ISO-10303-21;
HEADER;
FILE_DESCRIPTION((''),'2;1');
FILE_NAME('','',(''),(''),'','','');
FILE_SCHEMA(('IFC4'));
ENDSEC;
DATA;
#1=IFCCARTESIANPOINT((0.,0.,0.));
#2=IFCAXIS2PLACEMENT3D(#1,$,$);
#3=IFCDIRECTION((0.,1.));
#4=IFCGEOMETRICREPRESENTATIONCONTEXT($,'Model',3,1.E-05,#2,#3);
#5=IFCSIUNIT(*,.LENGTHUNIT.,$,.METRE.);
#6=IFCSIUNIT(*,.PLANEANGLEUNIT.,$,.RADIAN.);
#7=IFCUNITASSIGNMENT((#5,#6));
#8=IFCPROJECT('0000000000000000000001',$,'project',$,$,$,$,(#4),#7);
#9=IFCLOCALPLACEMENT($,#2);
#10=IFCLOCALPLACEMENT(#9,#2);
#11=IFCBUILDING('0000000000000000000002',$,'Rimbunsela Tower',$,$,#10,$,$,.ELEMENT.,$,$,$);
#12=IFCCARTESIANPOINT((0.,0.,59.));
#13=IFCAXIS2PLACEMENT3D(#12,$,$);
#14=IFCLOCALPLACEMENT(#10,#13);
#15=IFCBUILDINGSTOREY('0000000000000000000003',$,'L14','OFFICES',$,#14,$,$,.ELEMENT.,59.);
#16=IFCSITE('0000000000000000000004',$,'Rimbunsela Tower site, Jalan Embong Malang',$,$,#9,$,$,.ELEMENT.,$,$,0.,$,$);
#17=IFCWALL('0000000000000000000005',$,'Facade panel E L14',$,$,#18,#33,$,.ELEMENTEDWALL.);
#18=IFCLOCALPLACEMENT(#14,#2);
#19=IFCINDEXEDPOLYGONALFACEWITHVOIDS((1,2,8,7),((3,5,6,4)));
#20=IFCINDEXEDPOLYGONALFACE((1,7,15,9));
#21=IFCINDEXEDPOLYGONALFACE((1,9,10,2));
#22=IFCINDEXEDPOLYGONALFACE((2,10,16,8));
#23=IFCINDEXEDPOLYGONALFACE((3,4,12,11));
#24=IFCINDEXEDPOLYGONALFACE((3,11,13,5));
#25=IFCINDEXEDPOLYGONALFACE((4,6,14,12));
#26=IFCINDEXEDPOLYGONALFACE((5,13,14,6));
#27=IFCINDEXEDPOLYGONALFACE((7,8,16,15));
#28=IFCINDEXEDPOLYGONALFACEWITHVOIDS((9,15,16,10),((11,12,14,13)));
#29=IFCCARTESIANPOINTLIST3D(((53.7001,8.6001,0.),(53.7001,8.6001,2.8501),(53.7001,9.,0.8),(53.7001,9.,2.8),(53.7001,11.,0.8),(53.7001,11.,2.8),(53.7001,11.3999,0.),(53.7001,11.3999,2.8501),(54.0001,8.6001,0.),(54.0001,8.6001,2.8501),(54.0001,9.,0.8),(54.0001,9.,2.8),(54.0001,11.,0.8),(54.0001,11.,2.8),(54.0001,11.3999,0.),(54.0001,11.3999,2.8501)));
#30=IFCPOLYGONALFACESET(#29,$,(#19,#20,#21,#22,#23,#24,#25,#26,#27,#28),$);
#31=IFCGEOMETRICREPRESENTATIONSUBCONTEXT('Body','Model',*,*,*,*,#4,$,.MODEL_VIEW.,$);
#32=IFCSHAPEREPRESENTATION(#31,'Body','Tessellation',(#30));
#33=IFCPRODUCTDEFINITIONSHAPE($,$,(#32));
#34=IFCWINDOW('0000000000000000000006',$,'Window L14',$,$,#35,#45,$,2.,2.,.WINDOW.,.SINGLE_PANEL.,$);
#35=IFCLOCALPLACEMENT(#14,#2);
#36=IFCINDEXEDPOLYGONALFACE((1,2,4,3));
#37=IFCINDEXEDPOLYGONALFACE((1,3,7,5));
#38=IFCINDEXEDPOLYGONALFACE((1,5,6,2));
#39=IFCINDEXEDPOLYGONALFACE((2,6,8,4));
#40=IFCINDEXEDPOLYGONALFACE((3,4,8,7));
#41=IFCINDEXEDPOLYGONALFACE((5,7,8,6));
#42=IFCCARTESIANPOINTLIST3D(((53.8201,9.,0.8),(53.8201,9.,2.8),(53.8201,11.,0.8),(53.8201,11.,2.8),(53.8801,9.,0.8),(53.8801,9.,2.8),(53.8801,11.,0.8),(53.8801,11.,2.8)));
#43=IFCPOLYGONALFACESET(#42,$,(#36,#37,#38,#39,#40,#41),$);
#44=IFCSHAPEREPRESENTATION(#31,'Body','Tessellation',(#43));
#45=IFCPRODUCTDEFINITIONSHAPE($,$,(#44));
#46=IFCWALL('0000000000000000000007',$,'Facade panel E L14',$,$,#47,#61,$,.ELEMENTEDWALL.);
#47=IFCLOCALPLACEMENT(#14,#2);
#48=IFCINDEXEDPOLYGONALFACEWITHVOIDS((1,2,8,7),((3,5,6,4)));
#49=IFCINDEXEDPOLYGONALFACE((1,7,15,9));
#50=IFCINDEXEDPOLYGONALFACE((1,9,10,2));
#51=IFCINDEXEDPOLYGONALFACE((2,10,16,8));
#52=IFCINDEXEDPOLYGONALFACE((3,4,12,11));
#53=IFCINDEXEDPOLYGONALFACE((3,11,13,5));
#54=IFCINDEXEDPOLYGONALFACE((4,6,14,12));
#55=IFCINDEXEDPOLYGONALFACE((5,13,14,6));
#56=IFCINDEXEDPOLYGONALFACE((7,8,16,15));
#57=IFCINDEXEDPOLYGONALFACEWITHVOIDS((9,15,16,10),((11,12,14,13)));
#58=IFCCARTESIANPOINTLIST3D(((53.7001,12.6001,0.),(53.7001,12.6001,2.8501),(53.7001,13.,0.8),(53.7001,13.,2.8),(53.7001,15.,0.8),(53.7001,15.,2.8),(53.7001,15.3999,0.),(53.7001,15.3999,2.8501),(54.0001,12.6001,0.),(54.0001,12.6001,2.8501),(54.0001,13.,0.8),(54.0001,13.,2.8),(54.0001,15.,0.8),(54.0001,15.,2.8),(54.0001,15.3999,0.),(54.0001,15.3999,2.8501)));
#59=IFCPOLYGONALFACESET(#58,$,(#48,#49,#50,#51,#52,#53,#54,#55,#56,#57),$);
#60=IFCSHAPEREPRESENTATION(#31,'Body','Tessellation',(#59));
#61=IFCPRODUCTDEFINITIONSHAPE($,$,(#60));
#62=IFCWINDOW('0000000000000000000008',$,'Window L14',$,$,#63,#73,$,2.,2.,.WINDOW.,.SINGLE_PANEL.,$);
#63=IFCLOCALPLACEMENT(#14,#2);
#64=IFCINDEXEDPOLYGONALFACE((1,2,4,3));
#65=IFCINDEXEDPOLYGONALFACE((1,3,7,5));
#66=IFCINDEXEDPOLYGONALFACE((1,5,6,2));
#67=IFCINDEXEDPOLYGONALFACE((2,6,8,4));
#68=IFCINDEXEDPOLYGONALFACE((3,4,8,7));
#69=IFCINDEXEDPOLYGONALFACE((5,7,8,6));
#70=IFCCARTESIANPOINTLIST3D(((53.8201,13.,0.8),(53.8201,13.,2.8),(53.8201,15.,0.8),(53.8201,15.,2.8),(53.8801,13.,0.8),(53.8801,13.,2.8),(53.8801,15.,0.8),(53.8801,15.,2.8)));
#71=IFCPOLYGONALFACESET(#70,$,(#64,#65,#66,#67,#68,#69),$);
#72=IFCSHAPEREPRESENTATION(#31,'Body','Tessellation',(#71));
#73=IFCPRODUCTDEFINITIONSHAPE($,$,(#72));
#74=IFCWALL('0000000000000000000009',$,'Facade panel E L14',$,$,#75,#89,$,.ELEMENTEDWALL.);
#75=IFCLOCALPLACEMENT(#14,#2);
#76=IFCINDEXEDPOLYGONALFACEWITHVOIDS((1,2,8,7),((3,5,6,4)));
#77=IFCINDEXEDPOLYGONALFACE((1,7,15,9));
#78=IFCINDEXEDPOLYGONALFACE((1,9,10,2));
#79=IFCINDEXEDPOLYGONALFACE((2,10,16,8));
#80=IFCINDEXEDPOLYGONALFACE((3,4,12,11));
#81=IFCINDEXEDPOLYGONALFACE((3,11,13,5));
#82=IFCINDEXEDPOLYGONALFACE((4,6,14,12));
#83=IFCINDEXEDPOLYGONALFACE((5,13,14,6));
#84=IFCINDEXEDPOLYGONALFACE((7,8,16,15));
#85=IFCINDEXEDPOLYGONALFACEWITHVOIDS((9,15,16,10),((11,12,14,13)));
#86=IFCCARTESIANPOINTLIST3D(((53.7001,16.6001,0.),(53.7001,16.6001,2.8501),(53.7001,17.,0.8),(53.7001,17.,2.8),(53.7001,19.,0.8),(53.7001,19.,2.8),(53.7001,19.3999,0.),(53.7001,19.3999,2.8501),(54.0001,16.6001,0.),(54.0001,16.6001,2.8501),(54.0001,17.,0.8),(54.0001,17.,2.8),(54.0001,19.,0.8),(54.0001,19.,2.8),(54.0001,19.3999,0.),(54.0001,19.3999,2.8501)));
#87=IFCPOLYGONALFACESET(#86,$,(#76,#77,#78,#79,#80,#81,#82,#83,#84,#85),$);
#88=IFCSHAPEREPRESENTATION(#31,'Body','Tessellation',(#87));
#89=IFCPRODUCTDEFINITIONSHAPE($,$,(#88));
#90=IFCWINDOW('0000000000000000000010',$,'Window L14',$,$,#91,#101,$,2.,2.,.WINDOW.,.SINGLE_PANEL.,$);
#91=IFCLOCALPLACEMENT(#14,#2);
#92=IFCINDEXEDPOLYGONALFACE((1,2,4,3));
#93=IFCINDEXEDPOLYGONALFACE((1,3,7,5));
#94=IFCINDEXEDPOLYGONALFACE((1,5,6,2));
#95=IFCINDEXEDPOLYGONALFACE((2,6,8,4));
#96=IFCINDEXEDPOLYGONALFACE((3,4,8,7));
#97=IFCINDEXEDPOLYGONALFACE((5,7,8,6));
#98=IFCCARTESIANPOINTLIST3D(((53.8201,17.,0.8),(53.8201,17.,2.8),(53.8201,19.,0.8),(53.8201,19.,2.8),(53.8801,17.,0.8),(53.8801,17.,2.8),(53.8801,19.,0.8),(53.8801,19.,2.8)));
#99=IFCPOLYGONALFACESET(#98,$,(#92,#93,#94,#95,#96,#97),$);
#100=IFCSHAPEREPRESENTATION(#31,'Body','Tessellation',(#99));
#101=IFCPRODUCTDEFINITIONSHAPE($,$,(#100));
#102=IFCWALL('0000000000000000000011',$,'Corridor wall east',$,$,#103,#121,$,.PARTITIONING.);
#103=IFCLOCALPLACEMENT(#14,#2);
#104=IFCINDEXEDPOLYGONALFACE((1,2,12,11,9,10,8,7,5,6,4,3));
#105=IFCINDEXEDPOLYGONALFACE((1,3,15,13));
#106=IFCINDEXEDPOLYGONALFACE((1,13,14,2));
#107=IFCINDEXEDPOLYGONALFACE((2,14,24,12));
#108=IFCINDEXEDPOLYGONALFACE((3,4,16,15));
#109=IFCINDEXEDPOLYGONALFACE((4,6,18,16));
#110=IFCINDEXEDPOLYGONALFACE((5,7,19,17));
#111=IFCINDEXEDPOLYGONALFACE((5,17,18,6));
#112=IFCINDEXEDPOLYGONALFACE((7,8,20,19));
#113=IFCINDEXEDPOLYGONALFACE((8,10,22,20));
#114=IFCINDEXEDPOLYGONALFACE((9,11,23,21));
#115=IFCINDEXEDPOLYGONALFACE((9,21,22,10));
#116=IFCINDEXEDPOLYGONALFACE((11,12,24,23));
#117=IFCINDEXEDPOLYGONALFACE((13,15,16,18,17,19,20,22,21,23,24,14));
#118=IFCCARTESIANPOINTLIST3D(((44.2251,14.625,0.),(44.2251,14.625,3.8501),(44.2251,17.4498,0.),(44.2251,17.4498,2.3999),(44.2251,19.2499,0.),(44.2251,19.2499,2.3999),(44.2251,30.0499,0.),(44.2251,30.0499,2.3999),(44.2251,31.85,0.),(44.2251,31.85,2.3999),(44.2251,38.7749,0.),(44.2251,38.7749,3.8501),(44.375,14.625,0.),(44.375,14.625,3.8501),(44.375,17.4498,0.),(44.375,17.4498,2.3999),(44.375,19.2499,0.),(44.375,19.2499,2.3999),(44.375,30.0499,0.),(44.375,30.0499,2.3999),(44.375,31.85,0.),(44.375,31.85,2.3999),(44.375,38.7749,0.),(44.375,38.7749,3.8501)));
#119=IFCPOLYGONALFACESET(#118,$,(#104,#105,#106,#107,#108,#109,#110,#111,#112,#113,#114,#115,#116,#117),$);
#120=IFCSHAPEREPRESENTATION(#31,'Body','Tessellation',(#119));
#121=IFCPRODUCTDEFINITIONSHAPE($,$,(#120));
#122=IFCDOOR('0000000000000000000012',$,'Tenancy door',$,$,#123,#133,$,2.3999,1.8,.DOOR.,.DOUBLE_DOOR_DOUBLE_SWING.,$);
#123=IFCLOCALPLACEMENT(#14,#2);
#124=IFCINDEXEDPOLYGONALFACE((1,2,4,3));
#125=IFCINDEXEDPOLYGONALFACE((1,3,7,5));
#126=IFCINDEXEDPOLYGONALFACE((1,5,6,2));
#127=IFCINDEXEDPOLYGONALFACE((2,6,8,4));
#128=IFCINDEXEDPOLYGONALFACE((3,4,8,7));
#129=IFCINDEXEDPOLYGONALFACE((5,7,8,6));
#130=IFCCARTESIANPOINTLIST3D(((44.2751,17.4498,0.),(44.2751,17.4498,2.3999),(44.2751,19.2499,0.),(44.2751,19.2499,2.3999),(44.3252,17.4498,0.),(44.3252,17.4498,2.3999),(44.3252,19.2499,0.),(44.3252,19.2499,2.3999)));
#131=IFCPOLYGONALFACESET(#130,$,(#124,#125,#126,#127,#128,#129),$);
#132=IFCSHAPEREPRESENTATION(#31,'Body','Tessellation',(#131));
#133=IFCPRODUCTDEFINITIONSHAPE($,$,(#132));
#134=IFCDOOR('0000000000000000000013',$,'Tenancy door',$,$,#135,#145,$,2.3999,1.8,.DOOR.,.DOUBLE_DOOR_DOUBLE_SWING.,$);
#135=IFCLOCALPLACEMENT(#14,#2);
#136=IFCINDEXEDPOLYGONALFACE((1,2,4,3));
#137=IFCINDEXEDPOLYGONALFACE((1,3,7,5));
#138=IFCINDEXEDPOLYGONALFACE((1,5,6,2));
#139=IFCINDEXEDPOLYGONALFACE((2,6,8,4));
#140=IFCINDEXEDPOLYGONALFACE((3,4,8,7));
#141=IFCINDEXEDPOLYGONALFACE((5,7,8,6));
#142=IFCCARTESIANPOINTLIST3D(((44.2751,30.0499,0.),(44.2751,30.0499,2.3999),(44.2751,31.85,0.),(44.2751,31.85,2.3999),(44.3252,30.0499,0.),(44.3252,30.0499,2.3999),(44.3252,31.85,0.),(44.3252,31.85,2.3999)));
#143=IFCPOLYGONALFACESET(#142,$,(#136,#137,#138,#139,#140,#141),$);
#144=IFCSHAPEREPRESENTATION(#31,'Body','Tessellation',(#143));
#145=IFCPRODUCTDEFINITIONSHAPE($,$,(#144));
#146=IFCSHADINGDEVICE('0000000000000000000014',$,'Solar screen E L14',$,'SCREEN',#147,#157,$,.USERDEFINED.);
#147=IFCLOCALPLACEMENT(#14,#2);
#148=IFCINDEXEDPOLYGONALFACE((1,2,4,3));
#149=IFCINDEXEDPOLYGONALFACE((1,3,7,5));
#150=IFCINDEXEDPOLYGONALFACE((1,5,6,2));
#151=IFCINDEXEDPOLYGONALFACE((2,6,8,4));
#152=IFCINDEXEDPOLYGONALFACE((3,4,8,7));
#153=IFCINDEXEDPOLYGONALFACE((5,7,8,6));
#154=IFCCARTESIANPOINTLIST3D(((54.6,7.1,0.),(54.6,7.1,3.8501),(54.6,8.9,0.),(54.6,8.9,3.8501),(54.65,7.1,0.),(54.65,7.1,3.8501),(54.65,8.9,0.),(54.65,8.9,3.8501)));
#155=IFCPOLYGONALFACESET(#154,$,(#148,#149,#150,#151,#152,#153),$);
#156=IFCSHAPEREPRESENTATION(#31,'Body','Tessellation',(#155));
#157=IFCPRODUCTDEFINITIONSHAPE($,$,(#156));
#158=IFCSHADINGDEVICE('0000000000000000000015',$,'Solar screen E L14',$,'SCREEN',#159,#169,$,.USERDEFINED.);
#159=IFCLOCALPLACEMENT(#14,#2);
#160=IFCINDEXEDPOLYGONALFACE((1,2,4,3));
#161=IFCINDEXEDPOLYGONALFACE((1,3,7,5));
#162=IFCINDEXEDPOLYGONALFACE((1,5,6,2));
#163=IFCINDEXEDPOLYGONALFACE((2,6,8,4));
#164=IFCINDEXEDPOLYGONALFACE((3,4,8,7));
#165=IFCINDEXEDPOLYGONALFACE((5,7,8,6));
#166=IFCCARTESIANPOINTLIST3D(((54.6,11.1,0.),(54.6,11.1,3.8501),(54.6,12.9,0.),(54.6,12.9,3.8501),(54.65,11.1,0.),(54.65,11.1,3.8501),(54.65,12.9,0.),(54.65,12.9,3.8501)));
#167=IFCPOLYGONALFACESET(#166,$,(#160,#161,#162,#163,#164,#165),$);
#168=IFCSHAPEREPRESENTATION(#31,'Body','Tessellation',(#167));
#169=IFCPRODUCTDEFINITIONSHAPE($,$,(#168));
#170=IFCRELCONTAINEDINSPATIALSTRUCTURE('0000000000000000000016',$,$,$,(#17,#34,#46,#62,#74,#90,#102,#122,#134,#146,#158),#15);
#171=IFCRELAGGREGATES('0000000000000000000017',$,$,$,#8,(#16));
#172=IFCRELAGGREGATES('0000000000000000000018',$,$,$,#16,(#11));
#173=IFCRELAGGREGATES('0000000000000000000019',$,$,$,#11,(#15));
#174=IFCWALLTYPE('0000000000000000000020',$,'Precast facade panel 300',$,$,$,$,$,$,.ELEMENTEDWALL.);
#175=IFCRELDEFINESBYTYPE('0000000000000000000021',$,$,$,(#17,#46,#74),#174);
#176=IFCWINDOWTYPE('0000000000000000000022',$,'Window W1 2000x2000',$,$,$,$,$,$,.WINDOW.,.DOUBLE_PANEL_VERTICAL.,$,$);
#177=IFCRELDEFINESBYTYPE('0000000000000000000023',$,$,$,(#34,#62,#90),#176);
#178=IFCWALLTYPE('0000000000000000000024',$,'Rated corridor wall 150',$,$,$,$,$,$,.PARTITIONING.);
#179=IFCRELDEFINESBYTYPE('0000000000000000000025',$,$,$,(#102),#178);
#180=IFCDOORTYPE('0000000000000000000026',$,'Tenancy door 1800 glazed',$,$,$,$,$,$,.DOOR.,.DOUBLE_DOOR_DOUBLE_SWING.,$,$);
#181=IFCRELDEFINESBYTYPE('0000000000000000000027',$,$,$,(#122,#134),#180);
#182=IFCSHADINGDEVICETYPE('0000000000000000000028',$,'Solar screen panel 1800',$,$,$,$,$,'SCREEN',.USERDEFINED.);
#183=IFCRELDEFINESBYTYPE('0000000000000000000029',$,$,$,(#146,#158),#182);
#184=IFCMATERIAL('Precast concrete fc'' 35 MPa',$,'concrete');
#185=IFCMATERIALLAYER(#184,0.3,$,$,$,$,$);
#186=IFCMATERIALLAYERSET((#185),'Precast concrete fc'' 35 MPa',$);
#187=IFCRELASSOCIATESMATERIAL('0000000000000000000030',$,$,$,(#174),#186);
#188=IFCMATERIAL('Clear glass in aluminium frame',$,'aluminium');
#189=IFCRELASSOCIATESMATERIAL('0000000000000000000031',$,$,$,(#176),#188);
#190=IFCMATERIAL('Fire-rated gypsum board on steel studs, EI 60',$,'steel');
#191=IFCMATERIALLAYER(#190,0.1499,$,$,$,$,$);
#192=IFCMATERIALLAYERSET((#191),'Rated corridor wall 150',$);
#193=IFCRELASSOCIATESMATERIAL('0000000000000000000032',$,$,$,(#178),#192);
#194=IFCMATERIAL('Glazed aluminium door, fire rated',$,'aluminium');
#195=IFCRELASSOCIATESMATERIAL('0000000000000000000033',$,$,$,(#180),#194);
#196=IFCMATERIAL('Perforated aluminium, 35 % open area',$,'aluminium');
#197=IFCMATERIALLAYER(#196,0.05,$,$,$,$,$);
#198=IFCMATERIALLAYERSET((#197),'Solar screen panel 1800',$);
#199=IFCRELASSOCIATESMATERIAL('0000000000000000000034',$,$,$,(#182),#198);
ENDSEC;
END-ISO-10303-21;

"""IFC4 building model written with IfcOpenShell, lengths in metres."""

from ifc_helpers import new_model, si_unit, direction, frame, frame_2d, origin, origin_2d, place, context, subcontext, project, spatial, rectangle, extrude, material, layer, layer_set, type_object, element, fill, save


model = new_model("IFC4")

# Units and contexts
model_context = context("Model", 3, precision=1e-05, world=origin(), true_north=direction((0.0, 1.0)))
body_context = subcontext(model_context, "Body", "Model", "MODEL_VIEW")
ifc_project = project(units=[si_unit("LENGTHUNIT", "METRE"), si_unit("PLANEANGLEUNIT", "RADIAN")], contexts=[model_context])

# Site, building, storey
site_placement = place(None, origin())
site = spatial("IfcSite", under=ifc_project, at=site_placement, Name="Rimbunsela Tower site, Jalan Embong Malang", CompositionType="ELEMENT", RefElevation=0.0)
building_placement = place(site_placement, origin())
building = spatial("IfcBuilding", under=site, at=building_placement, Name="Rimbunsela Tower", CompositionType="ELEMENT")
storey_placement = place(building_placement, frame((0.0, 0.0, 59.0)))
storey = spatial("IfcBuildingStorey", under=building, at=storey_placement, Name="L14", Description="OFFICES", CompositionType="ELEMENT", Elevation=59.0)

# Walls, openings, windows
ifc_material_1 = material(Name="Precast concrete fc' 35 MPa", Category="concrete")
ifc_layer_1 = layer(ifc_material_1, 0.3)
ifc_layer_set_1 = layer_set([ifc_layer_1], Name="Precast concrete fc' 35 MPa")
wall_type_1 = type_object("IfcWallType", Name="Precast facade panel 300", PredefinedType="ELEMENTEDWALL", material=ifc_layer_set_1)
wall_1_placement = place(storey_placement, frame((53.8501, 8.6001, 0.0), z_axis=(0.0, 0.0, 1.0), x_axis=(0.0, 1.0, 0.0)))
wall_1 = element("IfcWall", 1, at=wall_1_placement, inside=storey, type_object=wall_type_1, Name="Facade panel E L14", PredefinedType="ELEMENTEDWALL", context=body_context, shape_type="SweptSolid", body=[
    extrude(rectangle(XDim=2.7998, YDim=0.3, at=frame_2d((1.3999, 0.0))), origin(), (0.0, 0.0, 1.0), 2.8501),
])
opening_1_placement = place(wall_1_placement, frame((0.3999, 0.0, 0.8)))
opening_1 = element("IfcOpeningElement", 2, at=opening_1_placement, cuts=wall_1, PredefinedType="OPENING", context=body_context, shape_type="SweptSolid", body=[
    extrude(rectangle(XDim=2.0, YDim=2.0, at=frame_2d((1.0, 1.0))), frame((0.0, 0.1599, 0.0), z_axis=(0.0, -1.0, 0.0), x_axis=(1.0, 0.0, 0.0)), (0.0, 0.0, 1.0), 0.3201),
])
ifc_material_2 = material(Name="Clear glass in aluminium frame", Category="aluminium")
window_type = type_object("IfcWindowType", Name="Window W1 2000x2000", PartitioningType="DOUBLE_PANEL_VERTICAL", PredefinedType="WINDOW", material=ifc_material_2)
window_1_placement = place(opening_1_placement, origin())
window_1 = element("IfcWindow", 3, at=window_1_placement, inside=storey, type_object=window_type, Name="Window L14", OverallHeight=2.0, OverallWidth=2.0, PartitioningType="SINGLE_PANEL", PredefinedType="WINDOW", context=body_context, shape_type="SweptSolid", body=[
    extrude(rectangle(XDim=2.0, YDim=2.0, at=frame_2d((1.0, 1.0))), frame((0.0, 0.03, 0.0), z_axis=(0.0, -1.0, 0.0), x_axis=(1.0, 0.0, 0.0)), (0.0, 0.0, 1.0), 0.0601),
])
fill(opening_1, window_1)
wall_2_placement = place(storey_placement, frame((53.8501, 12.6001, 0.0), z_axis=(0.0, 0.0, 1.0), x_axis=(0.0, 1.0, 0.0)))
wall_2 = element("IfcWall", 4, at=wall_2_placement, inside=storey, type_object=wall_type_1, Name="Facade panel E L14", PredefinedType="ELEMENTEDWALL", context=body_context, shape_type="SweptSolid", body=[
    extrude(rectangle(XDim=2.7998, YDim=0.3, at=frame_2d((1.3999, 0.0))), origin(), (0.0, 0.0, 1.0), 2.8501),
])
opening_2_placement = place(wall_2_placement, frame((0.3999, 0.0, 0.8)))
opening_2 = element("IfcOpeningElement", 5, at=opening_2_placement, cuts=wall_2, PredefinedType="OPENING", context=body_context, shape_type="SweptSolid", body=[
    extrude(rectangle(XDim=2.0, YDim=2.0, at=frame_2d((1.0, 1.0))), frame((0.0, 0.1599, 0.0), z_axis=(0.0, -1.0, 0.0), x_axis=(1.0, 0.0, 0.0)), (0.0, 0.0, 1.0), 0.3201),
])
window_2_placement = place(opening_2_placement, origin())
window_2 = element("IfcWindow", 6, at=window_2_placement, inside=storey, type_object=window_type, Name="Window L14", OverallHeight=2.0, OverallWidth=2.0, PartitioningType="SINGLE_PANEL", PredefinedType="WINDOW", context=body_context, shape_type="SweptSolid", body=[
    extrude(rectangle(XDim=2.0, YDim=2.0, at=frame_2d((1.0, 1.0))), frame((0.0, 0.03, 0.0), z_axis=(0.0, -1.0, 0.0), x_axis=(1.0, 0.0, 0.0)), (0.0, 0.0, 1.0), 0.0601),
])
fill(opening_2, window_2)
wall_3_placement = place(storey_placement, frame((53.8501, 16.6001, 0.0), z_axis=(0.0, 0.0, 1.0), x_axis=(0.0, 1.0, 0.0)))
wall_3 = element("IfcWall", 7, at=wall_3_placement, inside=storey, type_object=wall_type_1, Name="Facade panel E L14", PredefinedType="ELEMENTEDWALL", context=body_context, shape_type="SweptSolid", body=[
    extrude(rectangle(XDim=2.7998, YDim=0.3, at=frame_2d((1.3999, 0.0))), origin(), (0.0, 0.0, 1.0), 2.8501),
])
opening_3_placement = place(wall_3_placement, frame((0.3999, 0.0, 0.8)))
opening_3 = element("IfcOpeningElement", 8, at=opening_3_placement, cuts=wall_3, PredefinedType="OPENING", context=body_context, shape_type="SweptSolid", body=[
    extrude(rectangle(XDim=2.0, YDim=2.0, at=frame_2d((1.0, 1.0))), frame((0.0, 0.1599, 0.0), z_axis=(0.0, -1.0, 0.0), x_axis=(1.0, 0.0, 0.0)), (0.0, 0.0, 1.0), 0.3201),
])
window_3_placement = place(opening_3_placement, origin())
window_3 = element("IfcWindow", 9, at=window_3_placement, inside=storey, type_object=window_type, Name="Window L14", OverallHeight=2.0, OverallWidth=2.0, PartitioningType="SINGLE_PANEL", PredefinedType="WINDOW", context=body_context, shape_type="SweptSolid", body=[
    extrude(rectangle(XDim=2.0, YDim=2.0, at=frame_2d((1.0, 1.0))), frame((0.0, 0.03, 0.0), z_axis=(0.0, -1.0, 0.0), x_axis=(1.0, 0.0, 0.0)), (0.0, 0.0, 1.0), 0.0601),
])
fill(opening_3, window_3)

# Wall, openings, doors
ifc_material_3 = material(Name="Fire-rated gypsum board on steel studs, EI 60", Category="steel")
ifc_layer_2 = layer(ifc_material_3, 0.1499)
ifc_layer_set_2 = layer_set([ifc_layer_2], Name="Rated corridor wall 150")
wall_type_2 = type_object("IfcWallType", Name="Rated corridor wall 150", PredefinedType="PARTITIONING", material=ifc_layer_set_2)
wall_4_placement = place(storey_placement, frame((44.3, 14.625, 0.0), z_axis=(0.0, 0.0, 1.0), x_axis=(0.0, 1.0, 0.0)))
wall_4 = element("IfcWall", 10, at=wall_4_placement, inside=storey, type_object=wall_type_2, Name="Corridor wall east", PredefinedType="PARTITIONING", context=body_context, shape_type="SweptSolid", body=[
    extrude(rectangle(XDim=24.1499, YDim=0.1499, at=frame_2d((12.075, 0.0))), origin(), (0.0, 0.0, 1.0), 3.8501),
])
opening_4_placement = place(wall_4_placement, frame((2.825, 0.0, 0.0)))
opening_4 = element("IfcOpeningElement", 11, at=opening_4_placement, cuts=wall_4, PredefinedType="OPENING", context=body_context, shape_type="SweptSolid", body=[
    extrude(rectangle(XDim=1.8, YDim=2.3999, at=frame_2d((0.8999, 1.2))), frame((0.0, 0.085, 0.0), z_axis=(0.0, -1.0, 0.0), x_axis=(1.0, 0.0, 0.0)), (0.0, 0.0, 1.0), 0.1699),
])
opening_5_placement = place(wall_4_placement, frame((15.425, 0.0, 0.0)))
opening_5 = element("IfcOpeningElement", 12, at=opening_5_placement, cuts=wall_4, PredefinedType="OPENING", context=body_context, shape_type="SweptSolid", body=[
    extrude(rectangle(XDim=1.8, YDim=2.3999, at=frame_2d((0.8999, 1.2))), frame((0.0, 0.085, 0.0), z_axis=(0.0, -1.0, 0.0), x_axis=(1.0, 0.0, 0.0)), (0.0, 0.0, 1.0), 0.1699),
])
ifc_material_4 = material(Name="Glazed aluminium door, fire rated", Category="aluminium")
door_type_1 = type_object("IfcDoorType", Name="Tenancy door 1800 glazed", OperationType="DOUBLE_DOOR_DOUBLE_SWING", PredefinedType="DOOR", material=ifc_material_4)
door_1_placement = place(opening_4_placement, origin())
door_1 = element("IfcDoor", 13, at=door_1_placement, inside=storey, type_object=door_type_1, Name="Tenancy door", OperationType="DOUBLE_DOOR_DOUBLE_SWING", OverallHeight=2.3999, OverallWidth=1.8, PredefinedType="DOOR", context=body_context, shape_type="SweptSolid", body=[
    extrude(rectangle(XDim=1.8, YDim=2.3999, at=frame_2d((0.8999, 1.2))), frame((0.0, 0.0249, 0.0), z_axis=(0.0, -1.0, 0.0), x_axis=(1.0, 0.0, 0.0)), (0.0, 0.0, 1.0), 0.05),
])
fill(opening_4, door_1)
door_2_placement = place(opening_5_placement, origin())
door_2 = element("IfcDoor", 14, at=door_2_placement, inside=storey, type_object=door_type_1, Name="Tenancy door", OperationType="DOUBLE_DOOR_DOUBLE_SWING", OverallHeight=2.3999, OverallWidth=1.8, PredefinedType="DOOR", context=body_context, shape_type="SweptSolid", body=[
    extrude(rectangle(XDim=1.8, YDim=2.3999, at=frame_2d((0.8999, 1.2))), frame((0.0, 0.0249, 0.0), z_axis=(0.0, -1.0, 0.0), x_axis=(1.0, 0.0, 0.0)), (0.0, 0.0, 1.0), 0.05),
])
fill(opening_5, door_2)

# Shading devices
ifc_material_5 = material(Name="Perforated aluminium, 35 % open area", Category="aluminium")
ifc_layer_3 = layer(ifc_material_5, 0.05)
ifc_layer_set_3 = layer_set([ifc_layer_3], Name="Solar screen panel 1800")
shading_device_type = type_object("IfcShadingDeviceType", Name="Solar screen panel 1800", ElementType="SCREEN", PredefinedType="USERDEFINED", material=ifc_layer_set_3)
for number, where, z_axis, x_axis, name in (
    (15, (54.625, 8.0, 0.0), (0.0, 0.0, 1.0), (0.0, 1.0, 0.0), "Solar screen E L14"),
    (16, (54.625, 12.0, 0.0), (0.0, 0.0, 1.0), (0.0, 1.0, 0.0), "Solar screen E L14"),
):
    element("IfcShadingDevice", number, at=place(storey_placement, frame(where, z_axis=z_axis, x_axis=x_axis)), inside=storey, type_object=shading_device_type, Name=name, ObjectType="SCREEN", PredefinedType="USERDEFINED", context=body_context, shape_type="SweptSolid", body=[
        extrude(rectangle(XDim=1.8, YDim=0.05, at=origin_2d()), origin(), (0.0, 0.0, 1.0), 3.8501),
    ])

save(model, "model.ifc")
